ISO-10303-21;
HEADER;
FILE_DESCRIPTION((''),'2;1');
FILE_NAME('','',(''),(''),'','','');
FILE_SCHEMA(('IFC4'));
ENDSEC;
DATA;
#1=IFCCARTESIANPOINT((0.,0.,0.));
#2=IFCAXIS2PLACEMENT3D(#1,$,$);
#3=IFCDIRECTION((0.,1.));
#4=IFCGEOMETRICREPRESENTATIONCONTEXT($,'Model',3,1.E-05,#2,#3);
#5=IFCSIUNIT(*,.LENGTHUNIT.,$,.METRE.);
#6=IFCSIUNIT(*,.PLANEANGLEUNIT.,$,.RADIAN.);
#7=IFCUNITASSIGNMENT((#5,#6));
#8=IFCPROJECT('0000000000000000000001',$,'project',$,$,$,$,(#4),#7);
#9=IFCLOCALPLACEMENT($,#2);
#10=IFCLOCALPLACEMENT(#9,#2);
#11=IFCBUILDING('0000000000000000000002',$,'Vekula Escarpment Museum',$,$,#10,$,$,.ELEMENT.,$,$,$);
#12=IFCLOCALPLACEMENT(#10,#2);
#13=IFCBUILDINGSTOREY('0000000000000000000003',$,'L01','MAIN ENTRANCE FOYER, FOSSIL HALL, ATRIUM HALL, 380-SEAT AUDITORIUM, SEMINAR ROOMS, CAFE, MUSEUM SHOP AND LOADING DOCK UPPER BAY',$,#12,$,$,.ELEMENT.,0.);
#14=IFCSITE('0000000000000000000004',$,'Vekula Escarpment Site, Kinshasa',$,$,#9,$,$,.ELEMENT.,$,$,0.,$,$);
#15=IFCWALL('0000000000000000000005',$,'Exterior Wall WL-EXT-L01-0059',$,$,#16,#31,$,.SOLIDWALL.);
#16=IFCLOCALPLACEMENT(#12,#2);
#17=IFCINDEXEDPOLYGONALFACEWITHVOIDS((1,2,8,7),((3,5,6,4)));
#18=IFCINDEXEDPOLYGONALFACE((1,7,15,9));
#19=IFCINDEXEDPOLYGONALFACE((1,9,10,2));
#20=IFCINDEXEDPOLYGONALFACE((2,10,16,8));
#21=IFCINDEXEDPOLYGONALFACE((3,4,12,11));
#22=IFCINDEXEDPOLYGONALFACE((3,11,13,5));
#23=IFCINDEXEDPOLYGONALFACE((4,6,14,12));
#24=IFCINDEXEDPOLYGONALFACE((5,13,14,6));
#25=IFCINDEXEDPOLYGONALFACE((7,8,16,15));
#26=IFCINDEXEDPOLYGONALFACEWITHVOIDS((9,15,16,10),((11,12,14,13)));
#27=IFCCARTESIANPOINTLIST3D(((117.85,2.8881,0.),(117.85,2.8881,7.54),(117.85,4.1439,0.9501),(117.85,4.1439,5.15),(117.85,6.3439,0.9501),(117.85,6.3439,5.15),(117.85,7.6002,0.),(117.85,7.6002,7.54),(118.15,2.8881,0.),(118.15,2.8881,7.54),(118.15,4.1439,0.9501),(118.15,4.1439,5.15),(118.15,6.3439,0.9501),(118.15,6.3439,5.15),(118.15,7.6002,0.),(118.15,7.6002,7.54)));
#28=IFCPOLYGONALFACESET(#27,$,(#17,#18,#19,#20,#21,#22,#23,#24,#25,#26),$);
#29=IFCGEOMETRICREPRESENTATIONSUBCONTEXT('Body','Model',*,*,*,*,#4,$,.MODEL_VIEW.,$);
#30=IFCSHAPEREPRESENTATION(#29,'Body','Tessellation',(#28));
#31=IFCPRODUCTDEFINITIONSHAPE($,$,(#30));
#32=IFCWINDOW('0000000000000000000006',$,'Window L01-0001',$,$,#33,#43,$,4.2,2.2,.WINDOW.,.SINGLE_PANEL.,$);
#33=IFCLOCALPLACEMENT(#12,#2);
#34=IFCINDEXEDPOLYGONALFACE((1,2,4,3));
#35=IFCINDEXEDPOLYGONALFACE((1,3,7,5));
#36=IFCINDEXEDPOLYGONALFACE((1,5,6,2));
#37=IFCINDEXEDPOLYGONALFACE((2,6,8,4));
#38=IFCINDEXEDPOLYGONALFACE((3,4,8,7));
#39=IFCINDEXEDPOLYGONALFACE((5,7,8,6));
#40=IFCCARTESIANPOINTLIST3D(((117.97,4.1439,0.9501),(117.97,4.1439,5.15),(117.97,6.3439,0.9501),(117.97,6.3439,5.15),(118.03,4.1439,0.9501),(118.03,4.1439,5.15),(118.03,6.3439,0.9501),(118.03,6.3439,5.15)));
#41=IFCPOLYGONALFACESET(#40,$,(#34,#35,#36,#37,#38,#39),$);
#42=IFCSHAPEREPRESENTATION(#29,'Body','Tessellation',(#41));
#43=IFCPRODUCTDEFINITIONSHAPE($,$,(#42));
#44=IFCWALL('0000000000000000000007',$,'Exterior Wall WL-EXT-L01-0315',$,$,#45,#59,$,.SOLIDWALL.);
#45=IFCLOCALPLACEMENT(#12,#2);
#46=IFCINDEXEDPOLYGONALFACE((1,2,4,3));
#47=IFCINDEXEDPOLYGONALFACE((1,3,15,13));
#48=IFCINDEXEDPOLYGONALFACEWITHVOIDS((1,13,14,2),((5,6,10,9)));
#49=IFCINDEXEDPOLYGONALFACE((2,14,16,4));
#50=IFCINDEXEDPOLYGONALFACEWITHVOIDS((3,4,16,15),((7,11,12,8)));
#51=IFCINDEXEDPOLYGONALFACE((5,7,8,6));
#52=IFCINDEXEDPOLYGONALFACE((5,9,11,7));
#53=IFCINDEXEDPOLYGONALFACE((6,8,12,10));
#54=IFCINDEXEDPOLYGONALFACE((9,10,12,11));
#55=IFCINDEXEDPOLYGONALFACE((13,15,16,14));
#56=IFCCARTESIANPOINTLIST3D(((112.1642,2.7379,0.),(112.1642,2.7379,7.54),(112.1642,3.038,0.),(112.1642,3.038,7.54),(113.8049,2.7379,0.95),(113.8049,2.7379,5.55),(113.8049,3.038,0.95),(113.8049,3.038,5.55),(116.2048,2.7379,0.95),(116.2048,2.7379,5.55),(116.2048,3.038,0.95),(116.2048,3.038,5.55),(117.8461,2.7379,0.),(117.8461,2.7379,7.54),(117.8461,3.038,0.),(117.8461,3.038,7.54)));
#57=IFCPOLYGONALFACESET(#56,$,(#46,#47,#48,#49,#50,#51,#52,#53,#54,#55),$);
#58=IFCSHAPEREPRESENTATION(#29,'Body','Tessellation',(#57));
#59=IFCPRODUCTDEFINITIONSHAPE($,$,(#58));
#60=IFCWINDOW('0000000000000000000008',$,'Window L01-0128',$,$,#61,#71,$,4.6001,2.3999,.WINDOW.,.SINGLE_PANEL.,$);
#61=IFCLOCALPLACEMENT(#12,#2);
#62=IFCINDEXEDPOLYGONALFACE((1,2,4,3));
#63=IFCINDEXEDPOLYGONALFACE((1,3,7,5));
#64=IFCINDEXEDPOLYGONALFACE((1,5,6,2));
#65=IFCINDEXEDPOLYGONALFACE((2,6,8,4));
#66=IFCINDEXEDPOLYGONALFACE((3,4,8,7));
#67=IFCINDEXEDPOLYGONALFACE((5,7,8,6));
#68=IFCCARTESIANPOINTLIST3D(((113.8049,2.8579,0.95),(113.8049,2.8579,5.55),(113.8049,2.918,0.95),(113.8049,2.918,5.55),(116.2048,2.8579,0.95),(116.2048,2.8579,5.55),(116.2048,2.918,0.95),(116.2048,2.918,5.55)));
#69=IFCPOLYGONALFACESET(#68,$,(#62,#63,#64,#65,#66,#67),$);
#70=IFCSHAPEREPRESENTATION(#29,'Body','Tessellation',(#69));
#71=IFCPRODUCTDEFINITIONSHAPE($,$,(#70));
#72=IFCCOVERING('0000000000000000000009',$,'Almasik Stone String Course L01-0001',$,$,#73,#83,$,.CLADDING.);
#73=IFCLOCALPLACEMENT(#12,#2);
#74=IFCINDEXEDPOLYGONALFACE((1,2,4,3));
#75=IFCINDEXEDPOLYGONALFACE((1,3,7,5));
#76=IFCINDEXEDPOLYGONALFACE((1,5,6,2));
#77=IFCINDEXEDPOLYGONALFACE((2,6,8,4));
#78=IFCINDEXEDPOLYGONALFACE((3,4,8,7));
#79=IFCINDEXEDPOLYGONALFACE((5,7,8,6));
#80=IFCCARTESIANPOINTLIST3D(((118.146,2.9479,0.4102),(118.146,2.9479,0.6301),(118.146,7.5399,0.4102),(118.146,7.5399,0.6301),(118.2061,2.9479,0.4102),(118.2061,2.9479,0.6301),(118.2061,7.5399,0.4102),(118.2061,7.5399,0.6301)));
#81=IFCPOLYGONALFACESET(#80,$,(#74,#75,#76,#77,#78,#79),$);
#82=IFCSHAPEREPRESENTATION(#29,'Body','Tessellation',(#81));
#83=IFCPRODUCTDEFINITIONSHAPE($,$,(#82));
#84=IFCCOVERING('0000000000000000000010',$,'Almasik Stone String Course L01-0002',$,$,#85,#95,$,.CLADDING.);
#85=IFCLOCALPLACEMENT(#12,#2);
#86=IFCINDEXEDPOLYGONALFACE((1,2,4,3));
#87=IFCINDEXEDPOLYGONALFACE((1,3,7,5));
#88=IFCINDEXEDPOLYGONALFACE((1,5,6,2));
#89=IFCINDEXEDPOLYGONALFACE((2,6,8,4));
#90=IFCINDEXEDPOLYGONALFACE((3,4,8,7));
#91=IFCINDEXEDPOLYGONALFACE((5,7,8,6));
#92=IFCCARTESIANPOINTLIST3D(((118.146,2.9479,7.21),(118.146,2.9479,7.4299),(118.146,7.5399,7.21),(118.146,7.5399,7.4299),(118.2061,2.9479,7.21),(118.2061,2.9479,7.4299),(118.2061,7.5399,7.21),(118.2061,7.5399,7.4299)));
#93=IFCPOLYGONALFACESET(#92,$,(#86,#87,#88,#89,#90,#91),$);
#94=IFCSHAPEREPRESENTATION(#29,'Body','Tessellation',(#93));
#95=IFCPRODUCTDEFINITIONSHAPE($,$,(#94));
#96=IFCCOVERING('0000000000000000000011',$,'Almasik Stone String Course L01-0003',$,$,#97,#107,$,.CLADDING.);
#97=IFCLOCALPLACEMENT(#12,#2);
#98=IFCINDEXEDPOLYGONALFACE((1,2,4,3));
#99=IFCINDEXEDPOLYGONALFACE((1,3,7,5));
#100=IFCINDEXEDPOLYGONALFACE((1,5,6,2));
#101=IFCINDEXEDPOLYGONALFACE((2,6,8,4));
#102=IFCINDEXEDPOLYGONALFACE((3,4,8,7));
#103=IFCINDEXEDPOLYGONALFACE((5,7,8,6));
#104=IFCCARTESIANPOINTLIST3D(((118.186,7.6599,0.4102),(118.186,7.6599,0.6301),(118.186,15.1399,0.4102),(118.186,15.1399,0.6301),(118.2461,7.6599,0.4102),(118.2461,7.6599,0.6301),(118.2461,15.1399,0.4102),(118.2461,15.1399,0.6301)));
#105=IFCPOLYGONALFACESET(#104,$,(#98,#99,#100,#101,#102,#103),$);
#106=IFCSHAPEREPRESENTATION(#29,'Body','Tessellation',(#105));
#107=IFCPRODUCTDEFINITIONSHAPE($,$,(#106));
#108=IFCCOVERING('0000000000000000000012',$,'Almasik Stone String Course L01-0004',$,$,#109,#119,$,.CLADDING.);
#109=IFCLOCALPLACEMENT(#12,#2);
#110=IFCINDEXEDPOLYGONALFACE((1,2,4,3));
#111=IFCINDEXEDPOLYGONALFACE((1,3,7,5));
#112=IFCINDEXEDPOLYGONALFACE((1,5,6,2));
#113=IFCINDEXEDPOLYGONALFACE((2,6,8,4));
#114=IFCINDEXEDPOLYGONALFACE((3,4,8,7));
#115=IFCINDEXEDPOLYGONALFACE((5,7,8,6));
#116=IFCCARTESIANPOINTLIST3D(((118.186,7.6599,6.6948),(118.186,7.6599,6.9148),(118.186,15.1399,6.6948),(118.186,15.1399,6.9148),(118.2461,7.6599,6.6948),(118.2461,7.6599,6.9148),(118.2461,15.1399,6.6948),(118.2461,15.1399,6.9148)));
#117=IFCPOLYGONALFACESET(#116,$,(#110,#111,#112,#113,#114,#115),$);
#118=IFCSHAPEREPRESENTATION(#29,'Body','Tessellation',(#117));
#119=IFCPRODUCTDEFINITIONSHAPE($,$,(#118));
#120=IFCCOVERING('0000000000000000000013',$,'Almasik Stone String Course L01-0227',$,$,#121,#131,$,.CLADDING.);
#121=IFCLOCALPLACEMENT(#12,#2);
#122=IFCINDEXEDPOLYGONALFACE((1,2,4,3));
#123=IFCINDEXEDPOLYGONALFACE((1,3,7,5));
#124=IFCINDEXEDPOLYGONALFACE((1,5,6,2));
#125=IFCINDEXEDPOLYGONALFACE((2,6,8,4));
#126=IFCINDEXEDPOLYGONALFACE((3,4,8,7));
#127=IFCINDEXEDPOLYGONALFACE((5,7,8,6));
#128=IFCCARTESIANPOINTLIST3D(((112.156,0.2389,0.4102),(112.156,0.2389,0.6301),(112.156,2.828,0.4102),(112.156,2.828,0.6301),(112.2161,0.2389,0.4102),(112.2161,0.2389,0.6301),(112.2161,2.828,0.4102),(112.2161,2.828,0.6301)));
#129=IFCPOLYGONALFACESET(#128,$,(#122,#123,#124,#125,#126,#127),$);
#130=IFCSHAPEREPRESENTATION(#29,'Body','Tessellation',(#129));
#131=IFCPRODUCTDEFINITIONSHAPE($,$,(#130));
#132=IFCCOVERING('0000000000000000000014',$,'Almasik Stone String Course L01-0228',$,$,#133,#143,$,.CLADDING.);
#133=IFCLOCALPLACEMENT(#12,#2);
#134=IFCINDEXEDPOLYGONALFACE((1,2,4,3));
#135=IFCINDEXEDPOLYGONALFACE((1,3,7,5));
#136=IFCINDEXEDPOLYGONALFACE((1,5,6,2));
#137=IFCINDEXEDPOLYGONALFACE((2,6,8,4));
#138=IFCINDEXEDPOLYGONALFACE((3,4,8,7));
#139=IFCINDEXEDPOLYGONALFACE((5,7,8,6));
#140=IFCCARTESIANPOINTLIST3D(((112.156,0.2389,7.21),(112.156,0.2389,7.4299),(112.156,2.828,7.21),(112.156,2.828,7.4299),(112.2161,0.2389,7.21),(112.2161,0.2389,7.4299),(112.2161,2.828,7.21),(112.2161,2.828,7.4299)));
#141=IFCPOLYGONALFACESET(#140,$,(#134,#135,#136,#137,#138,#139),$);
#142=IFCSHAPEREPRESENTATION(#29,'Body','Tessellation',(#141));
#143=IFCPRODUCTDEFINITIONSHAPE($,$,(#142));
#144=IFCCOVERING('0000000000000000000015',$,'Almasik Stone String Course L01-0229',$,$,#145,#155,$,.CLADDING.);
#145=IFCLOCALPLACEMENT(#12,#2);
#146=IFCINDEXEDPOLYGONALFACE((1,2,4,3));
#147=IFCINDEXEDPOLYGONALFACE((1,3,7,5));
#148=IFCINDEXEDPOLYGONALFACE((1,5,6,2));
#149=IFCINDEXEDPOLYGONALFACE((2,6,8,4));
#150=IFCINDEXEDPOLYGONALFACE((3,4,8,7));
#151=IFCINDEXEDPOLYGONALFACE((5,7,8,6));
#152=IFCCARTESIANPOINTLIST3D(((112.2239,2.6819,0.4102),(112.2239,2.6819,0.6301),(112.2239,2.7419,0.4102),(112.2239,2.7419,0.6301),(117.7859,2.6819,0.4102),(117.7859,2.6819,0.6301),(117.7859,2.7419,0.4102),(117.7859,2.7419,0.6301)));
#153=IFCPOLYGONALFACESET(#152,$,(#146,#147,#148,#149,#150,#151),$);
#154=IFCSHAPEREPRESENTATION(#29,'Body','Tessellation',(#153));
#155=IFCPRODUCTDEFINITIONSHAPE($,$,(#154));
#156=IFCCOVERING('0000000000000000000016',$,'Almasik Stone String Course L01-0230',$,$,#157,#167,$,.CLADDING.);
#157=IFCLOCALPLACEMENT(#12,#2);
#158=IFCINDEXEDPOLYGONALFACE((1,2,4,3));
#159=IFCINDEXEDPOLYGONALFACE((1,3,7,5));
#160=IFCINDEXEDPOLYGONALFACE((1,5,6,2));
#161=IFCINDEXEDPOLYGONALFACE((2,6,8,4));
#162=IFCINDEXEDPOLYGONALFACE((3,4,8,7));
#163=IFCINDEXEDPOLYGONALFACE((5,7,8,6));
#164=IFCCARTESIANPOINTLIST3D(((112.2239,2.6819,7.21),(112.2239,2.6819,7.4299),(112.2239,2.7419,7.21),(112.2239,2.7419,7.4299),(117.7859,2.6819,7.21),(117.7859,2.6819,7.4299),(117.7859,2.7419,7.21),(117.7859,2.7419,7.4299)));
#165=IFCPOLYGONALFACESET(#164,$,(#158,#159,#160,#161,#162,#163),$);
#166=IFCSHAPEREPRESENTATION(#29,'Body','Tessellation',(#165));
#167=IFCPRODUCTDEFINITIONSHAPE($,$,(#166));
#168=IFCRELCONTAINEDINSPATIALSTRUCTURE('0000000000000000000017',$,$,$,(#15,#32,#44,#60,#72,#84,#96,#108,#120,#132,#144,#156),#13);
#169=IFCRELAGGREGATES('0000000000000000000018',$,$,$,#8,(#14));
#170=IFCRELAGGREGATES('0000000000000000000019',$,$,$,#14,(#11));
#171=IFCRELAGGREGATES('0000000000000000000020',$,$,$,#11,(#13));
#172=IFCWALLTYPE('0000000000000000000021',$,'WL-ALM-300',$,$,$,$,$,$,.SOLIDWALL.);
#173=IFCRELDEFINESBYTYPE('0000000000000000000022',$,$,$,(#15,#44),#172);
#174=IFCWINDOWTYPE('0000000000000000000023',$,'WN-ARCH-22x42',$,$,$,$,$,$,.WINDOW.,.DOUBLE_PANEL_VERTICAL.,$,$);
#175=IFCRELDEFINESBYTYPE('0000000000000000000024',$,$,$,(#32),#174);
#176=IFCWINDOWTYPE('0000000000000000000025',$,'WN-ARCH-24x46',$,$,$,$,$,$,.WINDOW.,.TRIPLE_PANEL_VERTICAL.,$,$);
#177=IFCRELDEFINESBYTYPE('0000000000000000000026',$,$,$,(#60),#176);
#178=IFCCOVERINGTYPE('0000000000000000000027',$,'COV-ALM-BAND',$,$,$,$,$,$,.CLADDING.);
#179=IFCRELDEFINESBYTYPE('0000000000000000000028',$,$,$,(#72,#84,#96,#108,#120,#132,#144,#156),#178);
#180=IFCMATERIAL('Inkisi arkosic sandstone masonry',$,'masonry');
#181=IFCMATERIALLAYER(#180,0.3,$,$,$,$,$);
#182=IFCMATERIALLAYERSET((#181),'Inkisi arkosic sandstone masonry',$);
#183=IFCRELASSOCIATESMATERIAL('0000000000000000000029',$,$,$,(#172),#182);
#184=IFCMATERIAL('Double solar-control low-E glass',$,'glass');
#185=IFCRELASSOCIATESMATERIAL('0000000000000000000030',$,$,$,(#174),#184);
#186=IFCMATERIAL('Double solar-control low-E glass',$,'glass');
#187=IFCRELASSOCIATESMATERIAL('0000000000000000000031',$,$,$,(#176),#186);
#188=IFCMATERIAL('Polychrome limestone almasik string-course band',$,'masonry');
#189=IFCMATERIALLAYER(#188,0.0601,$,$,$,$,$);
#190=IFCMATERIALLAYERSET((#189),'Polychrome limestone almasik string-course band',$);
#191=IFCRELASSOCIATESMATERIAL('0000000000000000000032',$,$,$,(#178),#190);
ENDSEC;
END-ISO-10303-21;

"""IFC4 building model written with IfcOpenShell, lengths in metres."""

from ifc_helpers import new_model, si_unit, direction, frame, frame_2d, origin, origin_2d, place, context, subcontext, project, spatial, rectangle, extrude, material, layer, layer_set, type_object, element, fill, save


model = new_model("IFC4")

# Units and contexts
model_context = context("Model", 3, precision=1e-05, world=origin(), true_north=direction((0.0, 1.0)))
body_context = subcontext(model_context, "Body", "Model", "MODEL_VIEW")
ifc_project = project(units=[si_unit("LENGTHUNIT", "METRE"), si_unit("PLANEANGLEUNIT", "RADIAN")], contexts=[model_context])

# Site, building, storey
site_placement = place(None, origin())
site = spatial("IfcSite", under=ifc_project, at=site_placement, Name="Vekula Escarpment Site, Kinshasa", CompositionType="ELEMENT", RefElevation=0.0)
building_placement = place(site_placement, origin())
building = spatial("IfcBuilding", under=site, at=building_placement, Name="Vekula Escarpment Museum", CompositionType="ELEMENT")
storey_placement = place(building_placement, origin())
storey = spatial("IfcBuildingStorey", under=building, at=storey_placement, Name="L01", Description="MAIN ENTRANCE FOYER, FOSSIL HALL, ATRIUM HALL, 380-SEAT AUDITORIUM, SEMINAR ROOMS, CAFE, MUSEUM SHOP AND LOADING DOCK UPPER BAY", CompositionType="ELEMENT", Elevation=0.0)

# Walls, openings, windows
ifc_material_1 = material(Name="Inkisi arkosic sandstone masonry", Category="masonry")
ifc_layer_1 = layer(ifc_material_1, 0.3)
ifc_layer_set_1 = layer_set([ifc_layer_1], Name="Inkisi arkosic sandstone masonry")
wall_type = type_object("IfcWallType", Name="WL-ALM-300", PredefinedType="SOLIDWALL", material=ifc_layer_set_1)
wall_1_placement = place(storey_placement, frame((118.0, 7.6001, 0.0), z_axis=(0.0, 0.0, 1.0), x_axis=(0.0, -1.0, 0.0)))
wall_1 = element("IfcWall", 1, at=wall_1_placement, inside=storey, type_object=wall_type, Name="Exterior Wall WL-EXT-L01-0059", PredefinedType="SOLIDWALL", context=body_context, shape_type="SweptSolid", body=[
    extrude(rectangle(XDim=4.7122, YDim=0.3, at=frame_2d((2.356, 0.0))), origin(), (0.0, 0.0, 1.0), 7.54),
])
opening_1_placement = place(wall_1_placement, frame((1.2561, 0.0, 0.95)))
opening_1 = element("IfcOpeningElement", 2, at=opening_1_placement, cuts=wall_1, PredefinedType="OPENING", context=body_context, shape_type="SweptSolid", body=[
    extrude(rectangle(XDim=2.2, YDim=4.2, at=frame_2d((1.1001, 2.1001))), frame((0.0, 0.1599, 0.0), z_axis=(0.0, -1.0, 0.0), x_axis=(1.0, 0.0, 0.0)), (0.0, 0.0, 1.0), 0.3201),
])
ifc_material_2 = material(Name="Double solar-control low-E glass", Category="glass")
window_type_1 = type_object("IfcWindowType", Name="WN-ARCH-22x42", PartitioningType="DOUBLE_PANEL_VERTICAL", PredefinedType="WINDOW", material=ifc_material_2)
window_1_placement = place(opening_1_placement, origin())
window_1 = element("IfcWindow", 3, at=window_1_placement, inside=storey, type_object=window_type_1, Name="Window L01-0001", OverallHeight=4.2, OverallWidth=2.2, PartitioningType="SINGLE_PANEL", PredefinedType="WINDOW", context=body_context, shape_type="SweptSolid", body=[
    extrude(rectangle(XDim=2.2, YDim=4.2, at=frame_2d((1.1001, 2.1001))), frame((0.0, 0.03, 0.0), z_axis=(0.0, -1.0, 0.0), x_axis=(1.0, 0.0, 0.0)), (0.0, 0.0, 1.0), 0.0601),
])
fill(opening_1, window_1)
wall_2_placement = place(storey_placement, frame((117.8459, 2.8879, 0.0), z_axis=(0.0, 0.0, 1.0), x_axis=(-1.0, 0.0, 0.0)))
wall_2 = element("IfcWall", 4, at=wall_2_placement, inside=storey, type_object=wall_type, Name="Exterior Wall WL-EXT-L01-0315", PredefinedType="SOLIDWALL", context=body_context, shape_type="SweptSolid", body=[
    extrude(rectangle(XDim=5.6819, YDim=0.3, at=frame_2d((2.8408, 0.0))), origin(), (0.0, 0.0, 1.0), 7.54),
])
opening_2_placement = place(wall_2_placement, frame((1.6411, 0.0, 0.95)))
opening_2 = element("IfcOpeningElement", 5, at=opening_2_placement, cuts=wall_2, PredefinedType="OPENING", context=body_context, shape_type="SweptSolid", body=[
    extrude(rectangle(XDim=2.3999, YDim=4.6001, at=frame_2d((1.2, 2.3))), frame((0.0, 0.1599, 0.0), z_axis=(0.0, -1.0, 0.0), x_axis=(1.0, 0.0, 0.0)), (0.0, 0.0, 1.0), 0.3201),
])
ifc_material_3 = material(Name="Double solar-control low-E glass", Category="glass")
window_type_2 = type_object("IfcWindowType", Name="WN-ARCH-24x46", PartitioningType="TRIPLE_PANEL_VERTICAL", PredefinedType="WINDOW", material=ifc_material_3)
window_2_placement = place(opening_2_placement, origin())
window_2 = element("IfcWindow", 6, at=window_2_placement, inside=storey, type_object=window_type_2, Name="Window L01-0128", OverallHeight=4.6001, OverallWidth=2.3999, PartitioningType="SINGLE_PANEL", PredefinedType="WINDOW", context=body_context, shape_type="SweptSolid", body=[
    extrude(rectangle(XDim=2.3999, YDim=4.6001, at=frame_2d((1.2, 2.3))), frame((0.0, 0.03, 0.0), z_axis=(0.0, -1.0, 0.0), x_axis=(1.0, 0.0, 0.0)), (0.0, 0.0, 1.0), 0.0601),
])
fill(opening_2, window_2)

# Coverings
ifc_material_4 = material(Name="Polychrome limestone almasik string-course band", Category="masonry")
ifc_layer_2 = layer(ifc_material_4, 0.0601)
ifc_layer_set_2 = layer_set([ifc_layer_2], Name="Polychrome limestone almasik string-course band")
covering_type_1 = type_object("IfcCoveringType", Name="COV-ALM-BAND", PredefinedType="CLADDING", material=ifc_layer_set_2)
for number, where, z_axis, x_axis, name in (
    (7, (118.176, 5.2439, 0.4102), (0.0, 0.0, 1.0), (0.0, 1.0, 0.0), "Almasik Stone String Course L01-0001"),
    (8, (118.176, 5.2439, 7.21), (0.0, 0.0, 1.0), (0.0, 1.0, 0.0), "Almasik Stone String Course L01-0002"),
):
    element("IfcCovering", number, at=place(storey_placement, frame(where, z_axis=z_axis, x_axis=x_axis)), inside=storey, type_object=covering_type_1, Name=name, PredefinedType="CLADDING", context=body_context, shape_type="SweptSolid", body=[
        extrude(rectangle(XDim=4.592, YDim=0.0601, at=origin_2d()), origin(), (0.0, 0.0, 1.0), 0.22),
    ])
for number, where, z_axis, x_axis, name in (
    (9, (118.2161, 11.3999, 0.4102), (0.0, 0.0, 1.0), (0.0, 1.0, 0.0), "Almasik Stone String Course L01-0003"),
    (10, (118.2161, 11.3999, 6.6948), (0.0, 0.0, 1.0), (0.0, 1.0, 0.0), "Almasik Stone String Course L01-0004"),
):
    element("IfcCovering", number, at=place(storey_placement, frame(where, z_axis=z_axis, x_axis=x_axis)), inside=storey, type_object=covering_type_1, Name=name, PredefinedType="CLADDING", context=body_context, shape_type="SweptSolid", body=[
        extrude(rectangle(XDim=7.48, YDim=0.0601, at=origin_2d()), origin(), (0.0, 0.0, 1.0), 0.22),
    ])
for number, where, z_axis, x_axis, name in (
    (11, (112.186, 1.5334, 0.4102), (0.0, 0.0, 1.0), (0.0, 1.0, 0.0), "Almasik Stone String Course L01-0227"),
    (12, (112.186, 1.5334, 7.21), (0.0, 0.0, 1.0), (0.0, 1.0, 0.0), "Almasik Stone String Course L01-0228"),
):
    element("IfcCovering", number, at=place(storey_placement, frame(where, z_axis=z_axis, x_axis=x_axis)), inside=storey, type_object=covering_type_1, Name=name, PredefinedType="CLADDING", context=body_context, shape_type="SweptSolid", body=[
        extrude(rectangle(XDim=2.5891, YDim=0.0601, at=origin_2d()), origin(), (0.0, 0.0, 1.0), 0.22),
    ])
for number, where, z_axis, x_axis, name in (
    (13, (115.0049, 2.7119, 0.4102), (0.0, 0.0, 1.0), (1.0, 0.0, 0.0), "Almasik Stone String Course L01-0229"),
    (14, (115.0049, 2.7119, 7.21), (0.0, 0.0, 1.0), (1.0, 0.0, 0.0), "Almasik Stone String Course L01-0230"),
):
    element("IfcCovering", number, at=place(storey_placement, frame(where, z_axis=z_axis, x_axis=x_axis)), inside=storey, type_object=covering_type_1, Name=name, PredefinedType="CLADDING", context=body_context, shape_type="SweptSolid", body=[
        extrude(rectangle(XDim=5.562, YDim=0.0601, at=origin_2d()), origin(), (0.0, 0.0, 1.0), 0.22),
    ])

save(model, "model.ifc")
